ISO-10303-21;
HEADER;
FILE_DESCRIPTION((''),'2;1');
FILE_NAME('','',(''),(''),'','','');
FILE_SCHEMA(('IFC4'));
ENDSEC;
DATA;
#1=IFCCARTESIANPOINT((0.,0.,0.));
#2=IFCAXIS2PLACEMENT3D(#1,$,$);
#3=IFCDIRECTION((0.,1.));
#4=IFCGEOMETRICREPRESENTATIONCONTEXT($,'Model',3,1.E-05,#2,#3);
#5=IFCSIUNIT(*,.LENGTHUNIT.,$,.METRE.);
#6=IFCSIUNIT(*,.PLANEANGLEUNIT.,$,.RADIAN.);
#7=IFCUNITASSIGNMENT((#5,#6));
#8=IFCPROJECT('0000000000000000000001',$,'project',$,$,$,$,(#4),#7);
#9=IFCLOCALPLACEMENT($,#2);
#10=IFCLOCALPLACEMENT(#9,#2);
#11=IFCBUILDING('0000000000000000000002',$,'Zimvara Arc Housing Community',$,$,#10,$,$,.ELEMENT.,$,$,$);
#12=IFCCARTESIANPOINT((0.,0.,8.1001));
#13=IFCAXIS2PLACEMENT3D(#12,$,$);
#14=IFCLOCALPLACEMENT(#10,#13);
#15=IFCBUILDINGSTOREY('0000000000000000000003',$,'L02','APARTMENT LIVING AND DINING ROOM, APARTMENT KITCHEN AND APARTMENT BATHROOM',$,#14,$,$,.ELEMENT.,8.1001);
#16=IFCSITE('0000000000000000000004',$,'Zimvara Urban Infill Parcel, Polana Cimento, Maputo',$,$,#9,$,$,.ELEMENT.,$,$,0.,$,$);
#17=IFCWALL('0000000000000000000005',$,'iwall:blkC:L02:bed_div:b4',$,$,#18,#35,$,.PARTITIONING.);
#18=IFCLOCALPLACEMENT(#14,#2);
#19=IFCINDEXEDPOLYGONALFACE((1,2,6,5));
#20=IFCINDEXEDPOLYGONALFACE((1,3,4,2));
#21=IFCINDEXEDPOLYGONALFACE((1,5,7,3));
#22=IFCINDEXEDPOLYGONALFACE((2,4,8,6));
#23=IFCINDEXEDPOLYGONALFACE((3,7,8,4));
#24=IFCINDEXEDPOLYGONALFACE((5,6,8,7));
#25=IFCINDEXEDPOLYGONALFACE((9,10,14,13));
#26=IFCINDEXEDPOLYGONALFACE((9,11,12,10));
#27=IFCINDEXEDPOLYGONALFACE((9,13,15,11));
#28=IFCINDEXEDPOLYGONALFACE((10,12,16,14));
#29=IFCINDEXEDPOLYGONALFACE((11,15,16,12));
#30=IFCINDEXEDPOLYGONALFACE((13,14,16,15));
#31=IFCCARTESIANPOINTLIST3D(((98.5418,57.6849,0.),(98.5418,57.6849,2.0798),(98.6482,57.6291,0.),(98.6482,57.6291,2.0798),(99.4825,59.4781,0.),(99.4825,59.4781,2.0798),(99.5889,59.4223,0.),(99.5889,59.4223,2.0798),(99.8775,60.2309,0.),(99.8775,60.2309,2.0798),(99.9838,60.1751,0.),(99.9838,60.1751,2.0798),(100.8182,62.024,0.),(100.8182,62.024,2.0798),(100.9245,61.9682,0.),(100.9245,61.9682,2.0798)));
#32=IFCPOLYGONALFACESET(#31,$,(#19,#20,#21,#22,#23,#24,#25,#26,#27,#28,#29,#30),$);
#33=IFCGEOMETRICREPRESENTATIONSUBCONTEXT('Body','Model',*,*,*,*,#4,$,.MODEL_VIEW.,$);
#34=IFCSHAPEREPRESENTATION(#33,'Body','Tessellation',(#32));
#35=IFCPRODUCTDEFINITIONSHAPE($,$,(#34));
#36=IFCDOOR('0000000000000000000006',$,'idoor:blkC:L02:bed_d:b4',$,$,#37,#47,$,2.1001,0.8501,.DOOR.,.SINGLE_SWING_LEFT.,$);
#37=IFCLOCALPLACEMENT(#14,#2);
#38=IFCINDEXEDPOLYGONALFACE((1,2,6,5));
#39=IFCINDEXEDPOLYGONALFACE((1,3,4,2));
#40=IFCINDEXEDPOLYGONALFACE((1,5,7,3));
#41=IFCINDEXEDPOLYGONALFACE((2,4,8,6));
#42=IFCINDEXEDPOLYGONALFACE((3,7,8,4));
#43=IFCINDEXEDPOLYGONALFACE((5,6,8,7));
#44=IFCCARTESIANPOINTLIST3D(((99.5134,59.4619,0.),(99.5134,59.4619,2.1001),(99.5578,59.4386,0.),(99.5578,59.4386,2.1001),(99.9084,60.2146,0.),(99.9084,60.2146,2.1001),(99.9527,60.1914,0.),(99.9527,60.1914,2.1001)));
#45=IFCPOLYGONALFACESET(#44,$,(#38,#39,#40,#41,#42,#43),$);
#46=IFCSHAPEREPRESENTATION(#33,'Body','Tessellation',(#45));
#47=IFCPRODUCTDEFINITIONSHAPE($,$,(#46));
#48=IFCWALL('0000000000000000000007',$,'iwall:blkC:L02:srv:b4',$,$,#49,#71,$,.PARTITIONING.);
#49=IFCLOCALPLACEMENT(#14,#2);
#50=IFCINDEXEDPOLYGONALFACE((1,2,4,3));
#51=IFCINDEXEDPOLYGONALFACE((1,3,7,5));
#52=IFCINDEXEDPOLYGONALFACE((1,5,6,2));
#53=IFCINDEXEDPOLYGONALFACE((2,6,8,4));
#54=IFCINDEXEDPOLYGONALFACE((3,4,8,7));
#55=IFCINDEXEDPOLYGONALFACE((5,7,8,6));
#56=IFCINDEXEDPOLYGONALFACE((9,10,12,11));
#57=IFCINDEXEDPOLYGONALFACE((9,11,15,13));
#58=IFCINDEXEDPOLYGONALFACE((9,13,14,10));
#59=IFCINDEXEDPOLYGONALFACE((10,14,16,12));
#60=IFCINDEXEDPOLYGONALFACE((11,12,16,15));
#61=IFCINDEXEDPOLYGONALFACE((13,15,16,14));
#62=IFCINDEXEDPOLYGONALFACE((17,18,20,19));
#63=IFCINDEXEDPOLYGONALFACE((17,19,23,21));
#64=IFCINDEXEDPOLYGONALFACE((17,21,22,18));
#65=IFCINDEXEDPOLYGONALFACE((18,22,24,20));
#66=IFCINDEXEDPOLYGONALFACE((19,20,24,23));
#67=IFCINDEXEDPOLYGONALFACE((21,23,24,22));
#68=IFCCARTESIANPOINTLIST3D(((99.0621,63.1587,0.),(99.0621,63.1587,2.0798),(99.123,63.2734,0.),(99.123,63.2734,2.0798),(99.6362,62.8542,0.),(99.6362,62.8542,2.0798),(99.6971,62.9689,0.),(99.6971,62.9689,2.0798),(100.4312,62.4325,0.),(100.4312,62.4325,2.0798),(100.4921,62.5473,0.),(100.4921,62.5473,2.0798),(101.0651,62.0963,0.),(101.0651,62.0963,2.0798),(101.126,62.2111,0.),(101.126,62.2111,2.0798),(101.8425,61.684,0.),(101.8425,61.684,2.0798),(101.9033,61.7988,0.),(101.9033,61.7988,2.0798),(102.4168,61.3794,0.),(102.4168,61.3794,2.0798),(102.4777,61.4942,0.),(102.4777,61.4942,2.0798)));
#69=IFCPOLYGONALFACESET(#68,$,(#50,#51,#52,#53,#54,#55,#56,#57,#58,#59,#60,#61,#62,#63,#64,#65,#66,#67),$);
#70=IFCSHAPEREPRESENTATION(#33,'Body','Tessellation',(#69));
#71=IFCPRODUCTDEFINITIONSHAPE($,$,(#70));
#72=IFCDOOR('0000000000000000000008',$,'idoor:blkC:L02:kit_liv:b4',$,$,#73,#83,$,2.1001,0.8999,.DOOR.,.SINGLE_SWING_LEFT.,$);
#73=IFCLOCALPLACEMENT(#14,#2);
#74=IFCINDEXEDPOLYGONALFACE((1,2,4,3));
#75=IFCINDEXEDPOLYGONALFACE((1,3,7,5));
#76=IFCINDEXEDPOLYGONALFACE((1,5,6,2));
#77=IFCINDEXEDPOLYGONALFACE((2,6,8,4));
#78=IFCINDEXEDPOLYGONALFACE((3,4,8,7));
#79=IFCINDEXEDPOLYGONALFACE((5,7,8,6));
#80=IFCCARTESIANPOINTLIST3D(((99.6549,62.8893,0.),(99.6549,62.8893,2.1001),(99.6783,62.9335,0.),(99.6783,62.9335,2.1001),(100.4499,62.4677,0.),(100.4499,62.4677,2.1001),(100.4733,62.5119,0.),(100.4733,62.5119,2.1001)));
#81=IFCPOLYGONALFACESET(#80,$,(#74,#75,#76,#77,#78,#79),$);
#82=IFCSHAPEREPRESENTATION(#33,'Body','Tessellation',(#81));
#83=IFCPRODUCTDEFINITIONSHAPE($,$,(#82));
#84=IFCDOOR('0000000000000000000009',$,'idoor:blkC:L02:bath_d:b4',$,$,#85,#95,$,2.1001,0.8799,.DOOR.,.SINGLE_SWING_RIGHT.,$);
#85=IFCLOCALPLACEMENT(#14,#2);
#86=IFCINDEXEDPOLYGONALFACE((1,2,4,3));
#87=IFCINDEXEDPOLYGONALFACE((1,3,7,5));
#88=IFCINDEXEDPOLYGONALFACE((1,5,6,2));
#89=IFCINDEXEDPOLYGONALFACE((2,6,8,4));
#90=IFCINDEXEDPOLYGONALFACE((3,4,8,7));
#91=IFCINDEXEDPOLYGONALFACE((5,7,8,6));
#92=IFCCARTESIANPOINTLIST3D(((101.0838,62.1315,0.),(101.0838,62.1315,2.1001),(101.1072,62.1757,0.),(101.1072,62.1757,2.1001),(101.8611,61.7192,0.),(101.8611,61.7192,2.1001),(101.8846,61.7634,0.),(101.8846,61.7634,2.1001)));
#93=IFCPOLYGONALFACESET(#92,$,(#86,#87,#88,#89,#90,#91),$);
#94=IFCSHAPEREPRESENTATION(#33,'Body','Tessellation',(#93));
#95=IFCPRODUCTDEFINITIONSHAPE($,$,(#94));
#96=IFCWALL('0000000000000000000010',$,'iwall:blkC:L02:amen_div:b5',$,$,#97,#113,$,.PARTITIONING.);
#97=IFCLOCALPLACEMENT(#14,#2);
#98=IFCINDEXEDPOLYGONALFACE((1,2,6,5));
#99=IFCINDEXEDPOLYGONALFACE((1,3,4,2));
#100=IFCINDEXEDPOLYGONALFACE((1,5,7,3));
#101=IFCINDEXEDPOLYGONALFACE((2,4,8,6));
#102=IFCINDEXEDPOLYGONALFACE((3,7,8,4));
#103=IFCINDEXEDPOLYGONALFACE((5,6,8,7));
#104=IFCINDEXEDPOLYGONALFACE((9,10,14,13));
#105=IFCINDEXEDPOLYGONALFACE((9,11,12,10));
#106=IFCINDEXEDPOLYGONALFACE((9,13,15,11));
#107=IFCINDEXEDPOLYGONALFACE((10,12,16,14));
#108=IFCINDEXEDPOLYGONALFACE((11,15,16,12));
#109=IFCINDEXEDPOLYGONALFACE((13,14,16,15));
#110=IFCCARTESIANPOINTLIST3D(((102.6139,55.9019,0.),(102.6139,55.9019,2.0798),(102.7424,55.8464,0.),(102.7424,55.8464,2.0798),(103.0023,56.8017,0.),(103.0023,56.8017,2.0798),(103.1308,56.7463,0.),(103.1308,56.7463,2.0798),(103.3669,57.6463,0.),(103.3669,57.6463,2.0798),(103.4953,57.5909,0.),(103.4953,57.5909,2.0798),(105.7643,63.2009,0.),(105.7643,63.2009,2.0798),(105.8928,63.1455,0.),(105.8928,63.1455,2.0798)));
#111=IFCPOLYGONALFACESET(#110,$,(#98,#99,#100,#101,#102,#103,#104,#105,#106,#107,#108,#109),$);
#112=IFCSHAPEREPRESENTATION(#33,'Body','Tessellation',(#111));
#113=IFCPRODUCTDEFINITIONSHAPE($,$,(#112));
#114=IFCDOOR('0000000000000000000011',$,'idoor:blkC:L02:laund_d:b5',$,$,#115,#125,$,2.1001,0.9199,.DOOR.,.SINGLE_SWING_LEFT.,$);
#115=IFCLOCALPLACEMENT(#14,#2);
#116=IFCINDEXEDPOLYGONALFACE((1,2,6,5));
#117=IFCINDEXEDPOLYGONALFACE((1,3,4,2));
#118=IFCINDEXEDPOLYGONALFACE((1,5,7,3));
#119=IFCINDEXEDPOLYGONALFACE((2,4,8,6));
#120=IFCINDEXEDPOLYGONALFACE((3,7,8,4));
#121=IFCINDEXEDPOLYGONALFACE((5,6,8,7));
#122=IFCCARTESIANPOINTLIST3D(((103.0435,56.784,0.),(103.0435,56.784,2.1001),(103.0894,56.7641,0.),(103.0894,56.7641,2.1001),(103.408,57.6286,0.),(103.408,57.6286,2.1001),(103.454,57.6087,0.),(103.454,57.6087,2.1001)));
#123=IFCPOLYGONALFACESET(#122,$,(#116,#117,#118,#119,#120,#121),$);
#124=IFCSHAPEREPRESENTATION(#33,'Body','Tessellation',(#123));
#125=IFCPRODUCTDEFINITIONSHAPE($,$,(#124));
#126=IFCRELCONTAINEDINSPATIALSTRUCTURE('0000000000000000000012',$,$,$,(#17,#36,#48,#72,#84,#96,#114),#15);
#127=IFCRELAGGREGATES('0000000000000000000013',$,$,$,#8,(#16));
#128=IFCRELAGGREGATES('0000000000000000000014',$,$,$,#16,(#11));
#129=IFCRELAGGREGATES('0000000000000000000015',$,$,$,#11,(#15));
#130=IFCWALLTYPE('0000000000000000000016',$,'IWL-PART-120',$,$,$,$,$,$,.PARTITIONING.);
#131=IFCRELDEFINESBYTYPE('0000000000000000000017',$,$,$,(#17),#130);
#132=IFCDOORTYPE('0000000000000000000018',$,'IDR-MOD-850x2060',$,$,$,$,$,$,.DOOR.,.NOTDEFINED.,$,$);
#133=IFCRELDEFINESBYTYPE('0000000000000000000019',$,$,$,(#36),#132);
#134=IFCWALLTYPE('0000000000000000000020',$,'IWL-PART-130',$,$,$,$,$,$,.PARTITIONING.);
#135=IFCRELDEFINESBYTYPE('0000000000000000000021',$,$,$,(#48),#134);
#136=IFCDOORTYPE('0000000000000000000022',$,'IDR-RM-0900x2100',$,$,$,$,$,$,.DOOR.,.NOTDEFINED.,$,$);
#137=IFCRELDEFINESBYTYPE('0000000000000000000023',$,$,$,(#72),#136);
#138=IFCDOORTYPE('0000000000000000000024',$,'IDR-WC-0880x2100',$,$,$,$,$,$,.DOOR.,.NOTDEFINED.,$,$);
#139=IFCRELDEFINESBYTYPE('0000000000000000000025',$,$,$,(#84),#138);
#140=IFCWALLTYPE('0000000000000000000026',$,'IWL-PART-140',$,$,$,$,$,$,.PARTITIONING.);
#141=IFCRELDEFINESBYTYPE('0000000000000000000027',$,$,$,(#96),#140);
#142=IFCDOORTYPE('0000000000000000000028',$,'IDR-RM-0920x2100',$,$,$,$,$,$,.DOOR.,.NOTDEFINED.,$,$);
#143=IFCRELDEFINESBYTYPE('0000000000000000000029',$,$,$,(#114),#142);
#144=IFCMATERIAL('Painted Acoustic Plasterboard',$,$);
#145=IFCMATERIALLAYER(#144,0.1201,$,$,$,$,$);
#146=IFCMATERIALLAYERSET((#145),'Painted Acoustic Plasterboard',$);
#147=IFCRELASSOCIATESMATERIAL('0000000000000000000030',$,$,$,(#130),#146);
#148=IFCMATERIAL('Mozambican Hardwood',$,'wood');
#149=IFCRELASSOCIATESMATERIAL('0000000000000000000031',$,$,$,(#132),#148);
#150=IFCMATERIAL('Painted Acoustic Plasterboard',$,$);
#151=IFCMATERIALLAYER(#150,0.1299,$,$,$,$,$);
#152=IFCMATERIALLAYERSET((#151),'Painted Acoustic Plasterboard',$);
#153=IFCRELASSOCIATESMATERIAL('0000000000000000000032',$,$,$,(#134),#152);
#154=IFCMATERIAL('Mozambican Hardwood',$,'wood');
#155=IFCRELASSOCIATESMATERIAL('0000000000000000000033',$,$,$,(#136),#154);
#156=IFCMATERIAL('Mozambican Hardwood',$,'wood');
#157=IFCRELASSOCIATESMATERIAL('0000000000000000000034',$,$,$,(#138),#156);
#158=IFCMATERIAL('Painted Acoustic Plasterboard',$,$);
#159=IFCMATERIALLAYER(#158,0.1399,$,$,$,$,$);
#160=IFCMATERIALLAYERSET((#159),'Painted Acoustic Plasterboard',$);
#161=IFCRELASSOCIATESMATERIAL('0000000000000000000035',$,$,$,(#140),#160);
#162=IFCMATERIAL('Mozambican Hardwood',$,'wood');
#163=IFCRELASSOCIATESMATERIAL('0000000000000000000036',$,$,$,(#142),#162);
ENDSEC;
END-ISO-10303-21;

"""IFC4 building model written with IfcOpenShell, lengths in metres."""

from ifc_helpers import new_model, si_unit, direction, frame, frame_2d, origin, place, context, subcontext, project, spatial, rectangle, extrude, material, layer, layer_set, type_object, element, fill, save


model = new_model("IFC4")

# Units and contexts
model_context = context("Model", 3, precision=1e-05, world=origin(), true_north=direction((0.0, 1.0)))
body_context = subcontext(model_context, "Body", "Model", "MODEL_VIEW")
ifc_project = project(units=[si_unit("LENGTHUNIT", "METRE"), si_unit("PLANEANGLEUNIT", "RADIAN")], contexts=[model_context])

# Site, building, storey
site_placement = place(None, origin())
site = spatial("IfcSite", under=ifc_project, at=site_placement, Name="Zimvara Urban Infill Parcel, Polana Cimento, Maputo", CompositionType="ELEMENT", RefElevation=0.0)
building_placement = place(site_placement, origin())
building = spatial("IfcBuilding", under=site, at=building_placement, Name="Zimvara Arc Housing Community", CompositionType="ELEMENT")
storey_placement = place(building_placement, frame((0.0, 0.0, 8.1001)))
storey = spatial("IfcBuildingStorey", under=building, at=storey_placement, Name="L02", Description="APARTMENT LIVING AND DINING ROOM, APARTMENT KITCHEN AND APARTMENT BATHROOM", CompositionType="ELEMENT", Elevation=8.1001)

# Wall, opening, door
ifc_material_1 = material(Name="Painted Acoustic Plasterboard")
ifc_layer_1 = layer(ifc_material_1, 0.1201)
ifc_layer_set_1 = layer_set([ifc_layer_1], Name="Painted Acoustic Plasterboard")
wall_type_1 = type_object("IfcWallType", Name="IWL-PART-120", PredefinedType="PARTITIONING", material=ifc_layer_set_1)
wall_1_placement = place(storey_placement, frame((100.8713, 61.9961, 0.0), z_axis=(0.0, 0.0, 1.0), x_axis=(-0.464567, -0.885538, 0.0)))
wall_1 = element("IfcWall", 1, at=wall_1_placement, inside=storey, type_object=wall_type_1, Name="iwall:blkC:L02:bed_div:b4", PredefinedType="PARTITIONING", context=body_context, shape_type="SweptSolid", body=[
    extrude(rectangle(XDim=4.8999, YDim=0.1201, at=frame_2d((2.45, 0.0))), origin(), (0.0, 0.0, 1.0), 2.0798),
])
opening_1_placement = place(wall_1_placement, frame((2.0249, 0.0, 0.0)))
opening_1 = element("IfcOpeningElement", 2, at=opening_1_placement, cuts=wall_1, PredefinedType="OPENING", context=body_context, shape_type="SweptSolid", body=[
    extrude(rectangle(XDim=0.8501, YDim=2.1001, at=frame_2d((0.425, 1.05))), frame((0.0, 0.0701, 0.0), z_axis=(0.0, -1.0, 0.0), x_axis=(1.0, 0.0, 0.0)), (0.0, 0.0, 1.0), 0.1401),
])
ifc_material_2 = material(Name="Mozambican Hardwood", Category="wood")
door_type_1 = type_object("IfcDoorType", Name="IDR-MOD-850x2060", OperationType="NOTDEFINED", PredefinedType="DOOR", material=ifc_material_2)
door_1_placement = place(opening_1_placement, origin())
door_1 = element("IfcDoor", 3, at=door_1_placement, inside=storey, type_object=door_type_1, Name="idoor:blkC:L02:bed_d:b4", OperationType="SINGLE_SWING_LEFT", OverallHeight=2.1001, OverallWidth=0.8501, PredefinedType="DOOR", context=body_context, shape_type="SweptSolid", body=[
    extrude(rectangle(XDim=0.8501, YDim=2.1001, at=frame_2d((0.425, 1.05))), frame((0.0, 0.0249, 0.0), z_axis=(0.0, -1.0, 0.0), x_axis=(1.0, 0.0, 0.0)), (0.0, 0.0, 1.0), 0.05),
])
fill(opening_1, door_1)

# Wall, openings, doors
ifc_material_3 = material(Name="Painted Acoustic Plasterboard")
ifc_layer_2 = layer(ifc_material_3, 0.1299)
ifc_layer_set_2 = layer_set([ifc_layer_2], Name="Painted Acoustic Plasterboard")
wall_type_2 = type_object("IfcWallType", Name="IWL-PART-130", PredefinedType="PARTITIONING", material=ifc_layer_set_2)
wall_2_placement = place(storey_placement, frame((99.0925, 63.2161, 0.0), z_axis=(0.0, 0.0, 1.0), x_axis=(0.883433, -0.468558, 0.0)))
wall_2 = element("IfcWall", 4, at=wall_2_placement, inside=storey, type_object=wall_type_2, Name="iwall:blkC:L02:srv:b4", PredefinedType="PARTITIONING", context=body_context, shape_type="SweptSolid", body=[
    extrude(rectangle(XDim=3.7974, YDim=0.1299, at=frame_2d((1.8987, 0.0))), origin(), (0.0, 0.0, 1.0), 2.0798),
])
opening_2_placement = place(wall_2_placement, frame((0.6499, 0.0, 0.0)))
opening_2 = element("IfcOpeningElement", 5, at=opening_2_placement, cuts=wall_2, PredefinedType="OPENING", context=body_context, shape_type="SweptSolid", body=[
    extrude(rectangle(XDim=0.8999, YDim=2.1001, at=frame_2d((0.45, 1.05))), frame((0.0, 0.075, 0.0), z_axis=(0.0, -1.0, 0.0), x_axis=(1.0, 0.0, 0.0)), (0.0, 0.0, 1.0), 0.1499),
])
opening_3_placement = place(wall_2_placement, frame((2.2673, 0.0, 0.0)))
opening_3 = element("IfcOpeningElement", 6, at=opening_3_placement, cuts=wall_2, PredefinedType="OPENING", context=body_context, shape_type="SweptSolid", body=[
    extrude(rectangle(XDim=0.8799, YDim=2.1001, at=frame_2d((0.4399, 1.05))), frame((0.0, 0.075, 0.0), z_axis=(0.0, -1.0, 0.0), x_axis=(1.0, 0.0, 0.0)), (0.0, 0.0, 1.0), 0.1499),
])
ifc_material_4 = material(Name="Mozambican Hardwood", Category="wood")
door_type_2 = type_object("IfcDoorType", Name="IDR-RM-0900x2100", OperationType="NOTDEFINED", PredefinedType="DOOR", material=ifc_material_4)
door_2_placement = place(opening_2_placement, origin())
door_2 = element("IfcDoor", 7, at=door_2_placement, inside=storey, type_object=door_type_2, Name="idoor:blkC:L02:kit_liv:b4", OperationType="SINGLE_SWING_LEFT", OverallHeight=2.1001, OverallWidth=0.8999, PredefinedType="DOOR", context=body_context, shape_type="SweptSolid", body=[
    extrude(rectangle(XDim=0.8999, YDim=2.1001, at=frame_2d((0.45, 1.05))), frame((0.0, 0.0249, 0.0), z_axis=(0.0, -1.0, 0.0), x_axis=(1.0, 0.0, 0.0)), (0.0, 0.0, 1.0), 0.05),
])
fill(opening_2, door_2)
ifc_material_5 = material(Name="Mozambican Hardwood", Category="wood")
door_type_3 = type_object("IfcDoorType", Name="IDR-WC-0880x2100", OperationType="NOTDEFINED", PredefinedType="DOOR", material=ifc_material_5)
door_3_placement = place(opening_3_placement, origin())
door_3 = element("IfcDoor", 8, at=door_3_placement, inside=storey, type_object=door_type_3, Name="idoor:blkC:L02:bath_d:b4", OperationType="SINGLE_SWING_RIGHT", OverallHeight=2.1001, OverallWidth=0.8799, PredefinedType="DOOR", context=body_context, shape_type="SweptSolid", body=[
    extrude(rectangle(XDim=0.8799, YDim=2.1001, at=frame_2d((0.4399, 1.05))), frame((0.0, 0.0249, 0.0), z_axis=(0.0, -1.0, 0.0), x_axis=(1.0, 0.0, 0.0)), (0.0, 0.0, 1.0), 0.05),
])
fill(opening_3, door_3)

# Wall, opening, door
ifc_material_6 = material(Name="Painted Acoustic Plasterboard")
ifc_layer_3 = layer(ifc_material_6, 0.1399)
ifc_layer_set_3 = layer_set([ifc_layer_3], Name="Painted Acoustic Plasterboard")
wall_type_3 = type_object("IfcWallType", Name="IWL-PART-140", PredefinedType="PARTITIONING", material=ifc_layer_set_3)
wall_3_placement = place(storey_placement, frame((105.8286, 63.1733, 0.0), z_axis=(0.0, 0.0, 1.0), x_axis=(-0.396279, -0.91813, 0.0)))
wall_3 = element("IfcWall", 9, at=wall_3_placement, inside=storey, type_object=wall_type_3, Name="iwall:blkC:L02:amen_div:b5", PredefinedType="PARTITIONING", context=body_context, shape_type="SweptSolid", body=[
    extrude(rectangle(XDim=7.95, YDim=0.1399, at=frame_2d((3.9751, 0.0))), origin(), (0.0, 0.0, 1.0), 2.0798),
])
opening_4_placement = place(wall_3_placement, frame((6.05, 0.0, 0.0)))
opening_4 = element("IfcOpeningElement", 10, at=opening_4_placement, cuts=wall_3, PredefinedType="OPENING", context=body_context, shape_type="SweptSolid", body=[
    extrude(rectangle(XDim=0.9199, YDim=2.1001, at=frame_2d((0.46, 1.05))), frame((0.0, 0.0798, 0.0), z_axis=(0.0, -1.0, 0.0), x_axis=(1.0, 0.0, 0.0)), (0.0, 0.0, 1.0), 0.1599),
])
ifc_material_7 = material(Name="Mozambican Hardwood", Category="wood")
door_type_4 = type_object("IfcDoorType", Name="IDR-RM-0920x2100", OperationType="NOTDEFINED", PredefinedType="DOOR", material=ifc_material_7)
door_4_placement = place(opening_4_placement, origin())
door_4 = element("IfcDoor", 11, at=door_4_placement, inside=storey, type_object=door_type_4, Name="idoor:blkC:L02:laund_d:b5", OperationType="SINGLE_SWING_LEFT", OverallHeight=2.1001, OverallWidth=0.9199, PredefinedType="DOOR", context=body_context, shape_type="SweptSolid", body=[
    extrude(rectangle(XDim=0.9199, YDim=2.1001, at=frame_2d((0.46, 1.05))), frame((0.0, 0.0249, 0.0), z_axis=(0.0, -1.0, 0.0), x_axis=(1.0, 0.0, 0.0)), (0.0, 0.0, 1.0), 0.05),
])
fill(opening_4, door_4)

save(model, "model.ifc")
